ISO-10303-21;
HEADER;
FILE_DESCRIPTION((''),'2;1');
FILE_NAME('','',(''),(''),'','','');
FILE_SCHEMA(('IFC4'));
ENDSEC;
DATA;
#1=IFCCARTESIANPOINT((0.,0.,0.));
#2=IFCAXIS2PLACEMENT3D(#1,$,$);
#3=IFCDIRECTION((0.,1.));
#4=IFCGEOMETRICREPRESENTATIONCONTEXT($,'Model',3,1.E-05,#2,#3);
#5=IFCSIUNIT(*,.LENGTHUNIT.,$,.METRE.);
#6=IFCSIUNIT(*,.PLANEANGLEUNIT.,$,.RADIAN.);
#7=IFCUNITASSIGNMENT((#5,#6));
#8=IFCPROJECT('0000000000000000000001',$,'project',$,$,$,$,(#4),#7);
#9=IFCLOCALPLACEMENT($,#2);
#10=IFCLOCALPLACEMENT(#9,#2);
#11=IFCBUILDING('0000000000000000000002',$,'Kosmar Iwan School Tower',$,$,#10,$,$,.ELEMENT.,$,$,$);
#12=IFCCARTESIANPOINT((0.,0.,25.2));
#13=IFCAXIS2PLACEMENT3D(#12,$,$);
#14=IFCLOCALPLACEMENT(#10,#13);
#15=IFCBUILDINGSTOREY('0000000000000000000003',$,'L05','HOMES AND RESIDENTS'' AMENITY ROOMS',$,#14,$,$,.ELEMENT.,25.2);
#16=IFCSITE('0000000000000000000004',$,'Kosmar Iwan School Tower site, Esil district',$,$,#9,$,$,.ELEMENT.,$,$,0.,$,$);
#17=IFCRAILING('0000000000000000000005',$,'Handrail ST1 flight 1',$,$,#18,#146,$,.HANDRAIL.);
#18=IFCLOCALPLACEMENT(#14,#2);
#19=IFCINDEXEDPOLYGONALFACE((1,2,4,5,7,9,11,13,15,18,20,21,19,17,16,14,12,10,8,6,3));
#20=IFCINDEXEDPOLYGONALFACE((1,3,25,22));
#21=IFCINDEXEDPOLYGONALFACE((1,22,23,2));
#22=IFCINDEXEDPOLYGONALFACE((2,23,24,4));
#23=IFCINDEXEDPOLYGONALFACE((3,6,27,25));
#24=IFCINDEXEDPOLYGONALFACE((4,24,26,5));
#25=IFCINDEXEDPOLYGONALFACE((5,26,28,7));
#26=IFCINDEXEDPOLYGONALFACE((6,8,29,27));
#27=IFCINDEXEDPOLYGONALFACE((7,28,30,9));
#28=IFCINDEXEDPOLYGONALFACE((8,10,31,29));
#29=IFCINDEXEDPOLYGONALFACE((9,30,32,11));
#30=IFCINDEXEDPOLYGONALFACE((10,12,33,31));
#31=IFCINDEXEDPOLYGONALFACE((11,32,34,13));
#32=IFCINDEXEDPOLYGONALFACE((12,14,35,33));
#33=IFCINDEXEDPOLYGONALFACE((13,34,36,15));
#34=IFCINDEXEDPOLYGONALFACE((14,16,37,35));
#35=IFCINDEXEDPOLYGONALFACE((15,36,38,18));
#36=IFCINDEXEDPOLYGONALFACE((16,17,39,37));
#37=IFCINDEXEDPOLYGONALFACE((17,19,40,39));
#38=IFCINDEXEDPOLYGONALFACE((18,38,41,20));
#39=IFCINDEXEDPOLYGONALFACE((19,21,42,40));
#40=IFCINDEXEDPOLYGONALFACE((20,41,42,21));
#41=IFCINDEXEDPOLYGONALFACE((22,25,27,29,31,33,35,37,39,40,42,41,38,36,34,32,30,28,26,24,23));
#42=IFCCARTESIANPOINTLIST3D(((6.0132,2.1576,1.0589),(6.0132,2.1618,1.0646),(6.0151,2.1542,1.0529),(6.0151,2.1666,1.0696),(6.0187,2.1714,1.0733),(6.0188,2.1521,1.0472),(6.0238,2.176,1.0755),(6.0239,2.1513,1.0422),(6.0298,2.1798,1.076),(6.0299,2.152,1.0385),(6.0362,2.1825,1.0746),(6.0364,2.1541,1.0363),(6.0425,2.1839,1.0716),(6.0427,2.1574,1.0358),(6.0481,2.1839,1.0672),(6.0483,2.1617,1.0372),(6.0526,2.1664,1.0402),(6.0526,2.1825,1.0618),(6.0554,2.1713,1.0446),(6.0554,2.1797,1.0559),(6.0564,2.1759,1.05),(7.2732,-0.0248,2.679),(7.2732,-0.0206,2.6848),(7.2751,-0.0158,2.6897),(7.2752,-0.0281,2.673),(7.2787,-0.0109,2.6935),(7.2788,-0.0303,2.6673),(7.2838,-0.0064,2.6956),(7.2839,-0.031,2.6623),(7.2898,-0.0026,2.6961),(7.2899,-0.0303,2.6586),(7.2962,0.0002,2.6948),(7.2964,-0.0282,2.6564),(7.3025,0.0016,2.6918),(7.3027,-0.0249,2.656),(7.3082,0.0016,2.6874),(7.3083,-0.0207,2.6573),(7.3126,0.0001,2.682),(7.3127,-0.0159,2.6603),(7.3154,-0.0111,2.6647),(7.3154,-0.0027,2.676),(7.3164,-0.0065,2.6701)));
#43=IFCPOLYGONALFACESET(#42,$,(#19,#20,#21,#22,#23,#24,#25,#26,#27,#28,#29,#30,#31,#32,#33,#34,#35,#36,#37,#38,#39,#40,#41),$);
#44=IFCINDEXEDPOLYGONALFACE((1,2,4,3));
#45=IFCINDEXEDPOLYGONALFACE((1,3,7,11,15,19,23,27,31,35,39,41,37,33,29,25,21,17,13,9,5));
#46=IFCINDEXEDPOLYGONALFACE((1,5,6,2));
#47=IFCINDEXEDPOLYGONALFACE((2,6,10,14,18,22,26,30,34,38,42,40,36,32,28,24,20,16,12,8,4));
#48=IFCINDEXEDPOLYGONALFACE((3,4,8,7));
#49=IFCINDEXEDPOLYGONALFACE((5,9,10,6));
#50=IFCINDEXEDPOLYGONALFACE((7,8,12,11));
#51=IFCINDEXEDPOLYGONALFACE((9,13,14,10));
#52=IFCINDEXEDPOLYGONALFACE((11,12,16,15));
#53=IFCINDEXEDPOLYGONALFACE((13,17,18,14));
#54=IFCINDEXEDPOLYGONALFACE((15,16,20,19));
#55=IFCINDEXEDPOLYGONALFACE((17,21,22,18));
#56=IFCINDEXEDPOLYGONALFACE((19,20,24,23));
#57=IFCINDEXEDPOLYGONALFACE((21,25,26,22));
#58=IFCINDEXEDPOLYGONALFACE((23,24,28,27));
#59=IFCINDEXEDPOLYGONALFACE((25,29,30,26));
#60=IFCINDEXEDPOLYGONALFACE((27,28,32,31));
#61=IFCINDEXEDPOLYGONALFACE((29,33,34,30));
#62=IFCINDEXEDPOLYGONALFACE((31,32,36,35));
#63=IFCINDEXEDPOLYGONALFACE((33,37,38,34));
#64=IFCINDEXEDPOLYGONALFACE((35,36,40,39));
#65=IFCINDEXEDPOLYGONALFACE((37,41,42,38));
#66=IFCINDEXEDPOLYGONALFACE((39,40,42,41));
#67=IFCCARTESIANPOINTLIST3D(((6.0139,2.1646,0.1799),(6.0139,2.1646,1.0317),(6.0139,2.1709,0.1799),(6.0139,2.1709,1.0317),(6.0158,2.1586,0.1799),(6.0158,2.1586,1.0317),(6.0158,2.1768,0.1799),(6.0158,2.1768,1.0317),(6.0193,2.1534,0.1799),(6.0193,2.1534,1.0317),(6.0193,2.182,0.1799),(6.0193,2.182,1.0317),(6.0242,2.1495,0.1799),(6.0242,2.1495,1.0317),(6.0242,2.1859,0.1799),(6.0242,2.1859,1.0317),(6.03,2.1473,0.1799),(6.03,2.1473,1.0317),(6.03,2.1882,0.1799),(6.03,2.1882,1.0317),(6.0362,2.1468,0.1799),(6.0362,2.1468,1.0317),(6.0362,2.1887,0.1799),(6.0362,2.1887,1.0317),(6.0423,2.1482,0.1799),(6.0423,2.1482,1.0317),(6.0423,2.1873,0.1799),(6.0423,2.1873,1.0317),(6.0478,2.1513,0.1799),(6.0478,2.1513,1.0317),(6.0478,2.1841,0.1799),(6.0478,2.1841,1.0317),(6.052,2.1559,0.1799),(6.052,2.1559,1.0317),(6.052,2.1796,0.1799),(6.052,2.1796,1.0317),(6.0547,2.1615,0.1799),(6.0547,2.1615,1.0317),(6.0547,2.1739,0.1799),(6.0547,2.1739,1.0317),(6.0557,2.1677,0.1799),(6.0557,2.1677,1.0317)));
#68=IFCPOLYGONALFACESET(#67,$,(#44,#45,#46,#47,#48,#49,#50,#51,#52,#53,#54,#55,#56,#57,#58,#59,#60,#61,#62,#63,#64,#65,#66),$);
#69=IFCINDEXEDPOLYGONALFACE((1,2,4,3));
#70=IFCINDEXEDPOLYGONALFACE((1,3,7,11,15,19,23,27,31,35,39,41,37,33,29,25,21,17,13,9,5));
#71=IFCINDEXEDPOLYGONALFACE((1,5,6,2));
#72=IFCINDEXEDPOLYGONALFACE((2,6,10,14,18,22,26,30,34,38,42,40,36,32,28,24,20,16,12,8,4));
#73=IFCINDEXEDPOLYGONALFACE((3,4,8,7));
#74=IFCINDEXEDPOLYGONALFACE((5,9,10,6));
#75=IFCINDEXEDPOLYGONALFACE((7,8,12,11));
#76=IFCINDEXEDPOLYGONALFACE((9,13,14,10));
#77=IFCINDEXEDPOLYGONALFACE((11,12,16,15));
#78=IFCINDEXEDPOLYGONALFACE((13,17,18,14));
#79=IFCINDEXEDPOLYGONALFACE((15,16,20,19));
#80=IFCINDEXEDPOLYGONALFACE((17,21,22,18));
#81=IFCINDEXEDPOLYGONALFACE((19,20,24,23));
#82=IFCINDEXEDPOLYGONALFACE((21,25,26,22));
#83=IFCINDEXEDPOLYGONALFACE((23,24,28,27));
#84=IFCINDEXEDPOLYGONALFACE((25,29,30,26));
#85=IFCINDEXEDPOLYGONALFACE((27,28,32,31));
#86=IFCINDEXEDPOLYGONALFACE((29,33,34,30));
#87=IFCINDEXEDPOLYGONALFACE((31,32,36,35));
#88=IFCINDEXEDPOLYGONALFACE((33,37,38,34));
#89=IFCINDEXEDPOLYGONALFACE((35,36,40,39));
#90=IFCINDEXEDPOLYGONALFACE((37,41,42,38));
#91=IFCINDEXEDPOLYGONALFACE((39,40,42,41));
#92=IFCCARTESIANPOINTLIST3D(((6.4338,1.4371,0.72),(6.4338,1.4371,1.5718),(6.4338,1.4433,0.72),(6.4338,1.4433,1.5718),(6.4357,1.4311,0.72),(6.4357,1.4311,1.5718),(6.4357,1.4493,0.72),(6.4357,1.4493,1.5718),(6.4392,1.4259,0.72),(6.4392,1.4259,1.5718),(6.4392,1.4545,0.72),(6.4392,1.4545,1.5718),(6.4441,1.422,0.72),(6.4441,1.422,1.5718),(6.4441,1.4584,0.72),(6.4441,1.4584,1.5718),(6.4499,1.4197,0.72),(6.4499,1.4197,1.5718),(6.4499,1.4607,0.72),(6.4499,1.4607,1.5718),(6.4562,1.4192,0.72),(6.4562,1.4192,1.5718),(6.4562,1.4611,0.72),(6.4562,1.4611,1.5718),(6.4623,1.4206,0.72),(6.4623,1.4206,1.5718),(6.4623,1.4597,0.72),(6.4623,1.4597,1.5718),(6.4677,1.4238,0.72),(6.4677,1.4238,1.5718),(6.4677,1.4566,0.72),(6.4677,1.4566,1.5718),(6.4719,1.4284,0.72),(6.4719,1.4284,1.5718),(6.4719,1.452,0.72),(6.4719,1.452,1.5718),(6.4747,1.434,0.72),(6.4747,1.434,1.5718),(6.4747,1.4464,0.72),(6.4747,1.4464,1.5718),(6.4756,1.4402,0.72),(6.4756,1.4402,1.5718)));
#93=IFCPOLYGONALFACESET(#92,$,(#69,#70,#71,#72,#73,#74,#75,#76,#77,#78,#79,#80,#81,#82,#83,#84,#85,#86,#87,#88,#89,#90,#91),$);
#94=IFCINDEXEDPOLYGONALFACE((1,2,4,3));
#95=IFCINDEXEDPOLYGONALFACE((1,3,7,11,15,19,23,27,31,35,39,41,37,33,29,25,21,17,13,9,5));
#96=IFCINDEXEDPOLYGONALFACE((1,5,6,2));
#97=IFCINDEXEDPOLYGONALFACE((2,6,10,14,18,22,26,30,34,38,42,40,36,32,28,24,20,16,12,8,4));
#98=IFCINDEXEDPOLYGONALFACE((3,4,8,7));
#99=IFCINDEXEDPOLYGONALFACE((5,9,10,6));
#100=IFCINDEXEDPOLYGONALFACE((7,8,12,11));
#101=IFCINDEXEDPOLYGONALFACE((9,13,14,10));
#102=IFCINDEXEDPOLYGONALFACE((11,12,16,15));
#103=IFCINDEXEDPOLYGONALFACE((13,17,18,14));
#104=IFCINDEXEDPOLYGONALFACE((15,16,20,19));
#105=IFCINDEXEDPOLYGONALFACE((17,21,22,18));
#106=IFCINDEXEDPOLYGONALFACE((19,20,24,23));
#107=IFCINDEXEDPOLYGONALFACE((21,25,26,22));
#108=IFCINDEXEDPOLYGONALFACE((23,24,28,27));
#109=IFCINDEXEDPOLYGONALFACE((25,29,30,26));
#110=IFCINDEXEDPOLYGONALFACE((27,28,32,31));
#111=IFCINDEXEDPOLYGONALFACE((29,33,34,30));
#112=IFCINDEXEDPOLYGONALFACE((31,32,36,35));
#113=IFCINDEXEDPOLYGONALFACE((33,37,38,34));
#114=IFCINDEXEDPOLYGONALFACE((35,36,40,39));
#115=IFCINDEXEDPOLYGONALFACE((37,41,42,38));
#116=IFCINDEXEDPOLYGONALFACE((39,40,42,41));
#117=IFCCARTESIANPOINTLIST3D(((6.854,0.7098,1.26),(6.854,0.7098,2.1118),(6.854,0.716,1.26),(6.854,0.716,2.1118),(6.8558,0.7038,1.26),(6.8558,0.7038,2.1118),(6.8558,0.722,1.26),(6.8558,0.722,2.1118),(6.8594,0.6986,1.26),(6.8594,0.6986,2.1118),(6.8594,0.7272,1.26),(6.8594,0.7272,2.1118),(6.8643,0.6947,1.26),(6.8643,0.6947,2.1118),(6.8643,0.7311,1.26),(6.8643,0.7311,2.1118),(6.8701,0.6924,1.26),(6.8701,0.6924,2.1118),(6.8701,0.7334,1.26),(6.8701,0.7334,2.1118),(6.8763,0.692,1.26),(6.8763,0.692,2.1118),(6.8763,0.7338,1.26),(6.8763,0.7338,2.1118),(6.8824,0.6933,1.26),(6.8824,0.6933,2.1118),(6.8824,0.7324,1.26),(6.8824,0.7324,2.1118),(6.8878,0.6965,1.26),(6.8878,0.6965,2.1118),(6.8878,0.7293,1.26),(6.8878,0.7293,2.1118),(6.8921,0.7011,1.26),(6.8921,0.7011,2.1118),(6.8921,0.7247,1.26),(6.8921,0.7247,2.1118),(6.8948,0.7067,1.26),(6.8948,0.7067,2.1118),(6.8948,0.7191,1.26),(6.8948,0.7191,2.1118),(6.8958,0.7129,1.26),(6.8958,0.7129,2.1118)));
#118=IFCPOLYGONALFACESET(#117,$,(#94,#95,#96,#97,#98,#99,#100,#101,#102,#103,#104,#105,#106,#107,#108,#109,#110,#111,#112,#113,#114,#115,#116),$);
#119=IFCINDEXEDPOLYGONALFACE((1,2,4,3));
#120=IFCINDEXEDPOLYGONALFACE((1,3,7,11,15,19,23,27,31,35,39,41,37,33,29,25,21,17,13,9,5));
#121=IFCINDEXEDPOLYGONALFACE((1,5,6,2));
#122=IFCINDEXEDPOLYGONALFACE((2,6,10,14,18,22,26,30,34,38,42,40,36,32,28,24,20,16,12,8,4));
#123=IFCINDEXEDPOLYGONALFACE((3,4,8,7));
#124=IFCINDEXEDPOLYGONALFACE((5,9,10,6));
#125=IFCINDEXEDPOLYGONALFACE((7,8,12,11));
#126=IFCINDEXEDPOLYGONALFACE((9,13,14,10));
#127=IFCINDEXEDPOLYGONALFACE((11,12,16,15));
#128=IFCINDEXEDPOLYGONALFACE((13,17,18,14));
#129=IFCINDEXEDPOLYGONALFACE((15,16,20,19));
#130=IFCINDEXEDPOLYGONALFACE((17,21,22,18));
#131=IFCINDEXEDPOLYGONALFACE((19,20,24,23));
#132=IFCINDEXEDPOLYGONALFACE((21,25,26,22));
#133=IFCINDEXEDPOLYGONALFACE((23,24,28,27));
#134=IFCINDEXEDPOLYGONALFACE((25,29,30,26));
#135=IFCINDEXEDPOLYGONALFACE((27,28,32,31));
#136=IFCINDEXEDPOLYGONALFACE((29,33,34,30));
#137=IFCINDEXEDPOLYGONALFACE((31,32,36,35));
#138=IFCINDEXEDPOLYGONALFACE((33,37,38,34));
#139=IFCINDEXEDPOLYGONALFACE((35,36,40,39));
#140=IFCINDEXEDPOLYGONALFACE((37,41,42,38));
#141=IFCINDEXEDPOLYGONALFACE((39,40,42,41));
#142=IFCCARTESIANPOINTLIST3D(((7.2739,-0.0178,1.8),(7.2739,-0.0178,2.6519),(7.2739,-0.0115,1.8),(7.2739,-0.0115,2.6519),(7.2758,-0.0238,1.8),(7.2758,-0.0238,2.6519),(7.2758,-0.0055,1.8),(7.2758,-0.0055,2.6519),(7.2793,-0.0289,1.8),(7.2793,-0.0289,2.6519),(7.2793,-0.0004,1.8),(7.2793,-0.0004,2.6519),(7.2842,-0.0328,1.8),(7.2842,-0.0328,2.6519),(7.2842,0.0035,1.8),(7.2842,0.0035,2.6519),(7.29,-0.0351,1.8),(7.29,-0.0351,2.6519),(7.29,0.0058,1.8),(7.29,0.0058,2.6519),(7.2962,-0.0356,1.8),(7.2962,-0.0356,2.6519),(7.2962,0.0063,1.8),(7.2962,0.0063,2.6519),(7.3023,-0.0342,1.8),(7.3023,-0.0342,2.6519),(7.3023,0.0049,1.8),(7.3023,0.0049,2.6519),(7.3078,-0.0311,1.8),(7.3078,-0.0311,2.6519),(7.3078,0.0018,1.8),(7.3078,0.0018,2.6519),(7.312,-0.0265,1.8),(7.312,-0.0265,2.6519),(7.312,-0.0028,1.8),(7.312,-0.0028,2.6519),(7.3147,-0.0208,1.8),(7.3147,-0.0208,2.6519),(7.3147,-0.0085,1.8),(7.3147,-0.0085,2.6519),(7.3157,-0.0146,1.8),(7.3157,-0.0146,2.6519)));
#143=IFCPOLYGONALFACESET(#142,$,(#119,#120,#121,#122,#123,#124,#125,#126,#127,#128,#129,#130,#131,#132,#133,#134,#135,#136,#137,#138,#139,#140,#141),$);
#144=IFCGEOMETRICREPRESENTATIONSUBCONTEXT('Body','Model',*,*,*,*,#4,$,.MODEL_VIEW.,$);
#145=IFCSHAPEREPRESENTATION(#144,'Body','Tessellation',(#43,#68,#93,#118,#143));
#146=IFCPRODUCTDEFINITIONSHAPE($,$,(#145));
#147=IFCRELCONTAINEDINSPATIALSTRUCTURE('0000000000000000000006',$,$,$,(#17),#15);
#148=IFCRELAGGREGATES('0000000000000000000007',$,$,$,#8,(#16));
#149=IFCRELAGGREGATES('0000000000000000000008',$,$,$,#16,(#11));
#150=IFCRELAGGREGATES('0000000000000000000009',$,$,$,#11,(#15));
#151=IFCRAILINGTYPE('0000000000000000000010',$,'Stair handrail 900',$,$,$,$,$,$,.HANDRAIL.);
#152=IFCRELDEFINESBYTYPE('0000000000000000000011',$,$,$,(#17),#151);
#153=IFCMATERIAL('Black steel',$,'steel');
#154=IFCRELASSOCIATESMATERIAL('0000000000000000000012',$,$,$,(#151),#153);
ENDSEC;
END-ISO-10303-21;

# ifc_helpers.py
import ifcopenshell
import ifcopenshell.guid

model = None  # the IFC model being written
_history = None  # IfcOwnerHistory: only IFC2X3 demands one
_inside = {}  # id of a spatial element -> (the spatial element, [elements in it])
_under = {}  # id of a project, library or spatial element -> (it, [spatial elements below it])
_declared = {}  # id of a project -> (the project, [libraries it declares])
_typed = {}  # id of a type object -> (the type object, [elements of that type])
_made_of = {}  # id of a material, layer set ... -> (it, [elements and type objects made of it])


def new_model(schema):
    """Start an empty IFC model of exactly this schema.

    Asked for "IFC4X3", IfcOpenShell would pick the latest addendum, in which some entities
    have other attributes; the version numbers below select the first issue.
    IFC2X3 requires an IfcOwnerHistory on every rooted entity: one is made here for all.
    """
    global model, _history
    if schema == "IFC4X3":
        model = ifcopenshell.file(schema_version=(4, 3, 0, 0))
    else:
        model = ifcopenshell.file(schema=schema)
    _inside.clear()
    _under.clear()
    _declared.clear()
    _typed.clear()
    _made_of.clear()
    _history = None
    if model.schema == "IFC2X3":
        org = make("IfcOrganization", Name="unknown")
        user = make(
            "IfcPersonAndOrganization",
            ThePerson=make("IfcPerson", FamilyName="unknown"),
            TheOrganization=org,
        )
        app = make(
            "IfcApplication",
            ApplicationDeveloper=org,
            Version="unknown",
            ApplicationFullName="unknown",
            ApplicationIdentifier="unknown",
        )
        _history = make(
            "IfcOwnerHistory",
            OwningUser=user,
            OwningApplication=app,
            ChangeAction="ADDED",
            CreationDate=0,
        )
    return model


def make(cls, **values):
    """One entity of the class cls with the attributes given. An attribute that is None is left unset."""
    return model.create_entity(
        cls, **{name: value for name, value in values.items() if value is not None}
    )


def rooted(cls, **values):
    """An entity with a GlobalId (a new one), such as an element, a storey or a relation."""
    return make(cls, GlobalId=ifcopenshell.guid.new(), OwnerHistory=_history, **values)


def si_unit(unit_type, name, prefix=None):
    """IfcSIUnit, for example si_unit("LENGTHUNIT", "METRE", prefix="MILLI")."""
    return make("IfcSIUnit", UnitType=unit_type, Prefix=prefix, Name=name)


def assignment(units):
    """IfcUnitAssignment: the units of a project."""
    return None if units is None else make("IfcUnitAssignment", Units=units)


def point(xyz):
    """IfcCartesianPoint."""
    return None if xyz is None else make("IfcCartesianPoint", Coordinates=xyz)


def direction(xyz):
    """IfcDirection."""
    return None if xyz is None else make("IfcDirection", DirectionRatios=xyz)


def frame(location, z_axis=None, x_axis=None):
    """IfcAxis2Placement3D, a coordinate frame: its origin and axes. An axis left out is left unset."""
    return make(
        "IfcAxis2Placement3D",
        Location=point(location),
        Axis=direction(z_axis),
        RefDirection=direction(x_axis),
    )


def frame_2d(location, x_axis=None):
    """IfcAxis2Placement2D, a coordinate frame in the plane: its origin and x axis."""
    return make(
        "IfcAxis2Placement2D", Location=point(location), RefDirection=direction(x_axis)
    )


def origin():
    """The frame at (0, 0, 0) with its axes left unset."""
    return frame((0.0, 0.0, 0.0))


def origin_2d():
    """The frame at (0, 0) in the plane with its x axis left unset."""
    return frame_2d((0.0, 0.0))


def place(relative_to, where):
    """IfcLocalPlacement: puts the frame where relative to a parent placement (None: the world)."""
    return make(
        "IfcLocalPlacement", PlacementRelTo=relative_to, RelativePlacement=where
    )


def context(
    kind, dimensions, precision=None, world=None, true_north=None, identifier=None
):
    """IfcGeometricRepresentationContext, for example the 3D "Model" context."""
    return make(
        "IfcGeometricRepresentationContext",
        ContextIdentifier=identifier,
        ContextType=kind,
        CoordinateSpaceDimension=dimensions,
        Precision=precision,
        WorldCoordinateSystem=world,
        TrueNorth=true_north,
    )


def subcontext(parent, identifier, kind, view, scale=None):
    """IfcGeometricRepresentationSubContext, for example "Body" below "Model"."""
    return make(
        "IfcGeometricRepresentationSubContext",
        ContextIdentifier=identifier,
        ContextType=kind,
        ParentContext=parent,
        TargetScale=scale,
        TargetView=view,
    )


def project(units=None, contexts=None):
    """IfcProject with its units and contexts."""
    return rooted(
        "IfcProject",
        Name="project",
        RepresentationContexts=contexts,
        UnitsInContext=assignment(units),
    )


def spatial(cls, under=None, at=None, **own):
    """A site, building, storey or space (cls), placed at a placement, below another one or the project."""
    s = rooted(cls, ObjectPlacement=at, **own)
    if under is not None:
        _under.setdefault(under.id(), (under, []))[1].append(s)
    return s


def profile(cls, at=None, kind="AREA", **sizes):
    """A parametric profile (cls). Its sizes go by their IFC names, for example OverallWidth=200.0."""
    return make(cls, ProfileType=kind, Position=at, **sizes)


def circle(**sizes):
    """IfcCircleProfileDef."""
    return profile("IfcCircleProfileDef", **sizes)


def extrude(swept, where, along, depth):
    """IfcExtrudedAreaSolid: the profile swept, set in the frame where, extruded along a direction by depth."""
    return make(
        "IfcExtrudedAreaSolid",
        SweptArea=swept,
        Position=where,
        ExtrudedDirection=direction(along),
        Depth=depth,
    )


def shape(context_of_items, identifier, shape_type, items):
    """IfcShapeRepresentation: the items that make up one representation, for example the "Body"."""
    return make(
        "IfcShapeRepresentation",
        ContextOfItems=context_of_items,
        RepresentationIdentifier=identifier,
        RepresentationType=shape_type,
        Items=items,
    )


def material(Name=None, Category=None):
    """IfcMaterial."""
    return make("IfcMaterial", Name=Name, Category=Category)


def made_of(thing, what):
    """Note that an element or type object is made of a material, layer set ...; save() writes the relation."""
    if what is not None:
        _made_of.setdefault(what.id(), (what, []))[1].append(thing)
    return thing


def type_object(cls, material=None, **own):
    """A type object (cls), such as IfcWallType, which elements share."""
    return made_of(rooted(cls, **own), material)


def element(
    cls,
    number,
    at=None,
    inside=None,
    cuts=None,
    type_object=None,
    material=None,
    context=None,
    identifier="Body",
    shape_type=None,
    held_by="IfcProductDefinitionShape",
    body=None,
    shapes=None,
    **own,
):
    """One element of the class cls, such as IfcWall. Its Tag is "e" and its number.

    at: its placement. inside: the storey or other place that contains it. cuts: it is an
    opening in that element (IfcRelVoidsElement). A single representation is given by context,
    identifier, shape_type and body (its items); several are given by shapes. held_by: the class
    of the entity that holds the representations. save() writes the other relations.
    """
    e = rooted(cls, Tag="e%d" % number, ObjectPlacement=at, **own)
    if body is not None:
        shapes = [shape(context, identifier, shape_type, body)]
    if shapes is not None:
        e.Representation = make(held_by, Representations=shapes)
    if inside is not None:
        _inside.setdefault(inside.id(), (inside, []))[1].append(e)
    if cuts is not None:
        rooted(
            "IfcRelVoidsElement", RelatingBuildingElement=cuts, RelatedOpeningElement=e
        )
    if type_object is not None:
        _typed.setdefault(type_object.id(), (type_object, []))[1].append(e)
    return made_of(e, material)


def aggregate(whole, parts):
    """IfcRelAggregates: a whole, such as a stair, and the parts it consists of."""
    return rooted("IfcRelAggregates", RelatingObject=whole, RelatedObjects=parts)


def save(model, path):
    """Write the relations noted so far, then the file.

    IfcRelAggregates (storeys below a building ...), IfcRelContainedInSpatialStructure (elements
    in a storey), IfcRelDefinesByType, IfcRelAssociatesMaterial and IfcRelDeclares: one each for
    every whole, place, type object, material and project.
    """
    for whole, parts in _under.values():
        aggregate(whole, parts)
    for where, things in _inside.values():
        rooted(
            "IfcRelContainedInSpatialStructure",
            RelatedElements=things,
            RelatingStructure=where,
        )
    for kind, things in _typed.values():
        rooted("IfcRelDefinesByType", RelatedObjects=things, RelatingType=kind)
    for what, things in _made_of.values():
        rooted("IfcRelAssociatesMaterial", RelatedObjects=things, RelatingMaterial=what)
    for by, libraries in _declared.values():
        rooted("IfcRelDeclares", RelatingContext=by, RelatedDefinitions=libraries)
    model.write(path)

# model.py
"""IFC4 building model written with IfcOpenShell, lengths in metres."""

from ifc_helpers import new_model, si_unit, direction, frame, origin, origin_2d, place, context, subcontext, project, spatial, circle, extrude, material, type_object, element, save


model = new_model("IFC4")

# Units and contexts
model_context = context("Model", 3, precision=1e-05, world=origin(), true_north=direction((0.0, 1.0)))
body_context = subcontext(model_context, "Body", "Model", "MODEL_VIEW")
ifc_project = project(units=[si_unit("LENGTHUNIT", "METRE"), si_unit("PLANEANGLEUNIT", "RADIAN")], contexts=[model_context])

# Site, building, storey
site_placement = place(None, origin())
site = spatial("IfcSite", under=ifc_project, at=site_placement, Name="Kosmar Iwan School Tower site, Esil district", CompositionType="ELEMENT", RefElevation=0.0)
building_placement = place(site_placement, origin())
building = spatial("IfcBuilding", under=site, at=building_placement, Name="Kosmar Iwan School Tower", CompositionType="ELEMENT")
storey_placement = place(building_placement, frame((0.0, 0.0, 25.2)))
storey = spatial("IfcBuildingStorey", under=building, at=storey_placement, Name="L05", Description="HOMES AND RESIDENTS' AMENITY ROOMS", CompositionType="ELEMENT", Elevation=25.2)

# Railing
ifc_material_1 = material(Name="Black steel", Category="steel")
railing_type = type_object("IfcRailingType", Name="Stair handrail 900", PredefinedType="HANDRAIL", material=ifc_material_1)
railing_placement = place(storey_placement, frame((6.0347, 2.1677, 0.1799)))
element("IfcRailing", 1, at=railing_placement, inside=storey, type_object=railing_type, Name="Handrail ST1 flight 1", PredefinedType="HANDRAIL", context=body_context, shape_type="SweptSolid", body=[
    extrude(circle(Radius=0.0239, at=origin_2d()), frame((0.0, 0.0, 0.876), z_axis=(0.420584, -0.728464, 0.540786), x_axis=(0.866023, 0.500005, 0.0)), (0.0, 0.0, 1.0), 2.9958),
    extrude(circle(Radius=0.021, at=origin_2d()), origin(), (0.0, 0.0, 1.0), 0.8518),
    extrude(circle(Radius=0.021, at=origin_2d()), frame((0.4199, -0.7275, 0.54)), (0.0, 0.0, 1.0), 0.8518),
    extrude(circle(Radius=0.021, at=origin_2d()), frame((0.8401, -1.4548, 1.0801)), (0.0, 0.0, 1.0), 0.8518),
    extrude(circle(Radius=0.021, at=origin_2d()), frame((1.26, -2.1824, 1.6201)), (0.0, 0.0, 1.0), 0.8518),
])

save(model, "model.ifc")
